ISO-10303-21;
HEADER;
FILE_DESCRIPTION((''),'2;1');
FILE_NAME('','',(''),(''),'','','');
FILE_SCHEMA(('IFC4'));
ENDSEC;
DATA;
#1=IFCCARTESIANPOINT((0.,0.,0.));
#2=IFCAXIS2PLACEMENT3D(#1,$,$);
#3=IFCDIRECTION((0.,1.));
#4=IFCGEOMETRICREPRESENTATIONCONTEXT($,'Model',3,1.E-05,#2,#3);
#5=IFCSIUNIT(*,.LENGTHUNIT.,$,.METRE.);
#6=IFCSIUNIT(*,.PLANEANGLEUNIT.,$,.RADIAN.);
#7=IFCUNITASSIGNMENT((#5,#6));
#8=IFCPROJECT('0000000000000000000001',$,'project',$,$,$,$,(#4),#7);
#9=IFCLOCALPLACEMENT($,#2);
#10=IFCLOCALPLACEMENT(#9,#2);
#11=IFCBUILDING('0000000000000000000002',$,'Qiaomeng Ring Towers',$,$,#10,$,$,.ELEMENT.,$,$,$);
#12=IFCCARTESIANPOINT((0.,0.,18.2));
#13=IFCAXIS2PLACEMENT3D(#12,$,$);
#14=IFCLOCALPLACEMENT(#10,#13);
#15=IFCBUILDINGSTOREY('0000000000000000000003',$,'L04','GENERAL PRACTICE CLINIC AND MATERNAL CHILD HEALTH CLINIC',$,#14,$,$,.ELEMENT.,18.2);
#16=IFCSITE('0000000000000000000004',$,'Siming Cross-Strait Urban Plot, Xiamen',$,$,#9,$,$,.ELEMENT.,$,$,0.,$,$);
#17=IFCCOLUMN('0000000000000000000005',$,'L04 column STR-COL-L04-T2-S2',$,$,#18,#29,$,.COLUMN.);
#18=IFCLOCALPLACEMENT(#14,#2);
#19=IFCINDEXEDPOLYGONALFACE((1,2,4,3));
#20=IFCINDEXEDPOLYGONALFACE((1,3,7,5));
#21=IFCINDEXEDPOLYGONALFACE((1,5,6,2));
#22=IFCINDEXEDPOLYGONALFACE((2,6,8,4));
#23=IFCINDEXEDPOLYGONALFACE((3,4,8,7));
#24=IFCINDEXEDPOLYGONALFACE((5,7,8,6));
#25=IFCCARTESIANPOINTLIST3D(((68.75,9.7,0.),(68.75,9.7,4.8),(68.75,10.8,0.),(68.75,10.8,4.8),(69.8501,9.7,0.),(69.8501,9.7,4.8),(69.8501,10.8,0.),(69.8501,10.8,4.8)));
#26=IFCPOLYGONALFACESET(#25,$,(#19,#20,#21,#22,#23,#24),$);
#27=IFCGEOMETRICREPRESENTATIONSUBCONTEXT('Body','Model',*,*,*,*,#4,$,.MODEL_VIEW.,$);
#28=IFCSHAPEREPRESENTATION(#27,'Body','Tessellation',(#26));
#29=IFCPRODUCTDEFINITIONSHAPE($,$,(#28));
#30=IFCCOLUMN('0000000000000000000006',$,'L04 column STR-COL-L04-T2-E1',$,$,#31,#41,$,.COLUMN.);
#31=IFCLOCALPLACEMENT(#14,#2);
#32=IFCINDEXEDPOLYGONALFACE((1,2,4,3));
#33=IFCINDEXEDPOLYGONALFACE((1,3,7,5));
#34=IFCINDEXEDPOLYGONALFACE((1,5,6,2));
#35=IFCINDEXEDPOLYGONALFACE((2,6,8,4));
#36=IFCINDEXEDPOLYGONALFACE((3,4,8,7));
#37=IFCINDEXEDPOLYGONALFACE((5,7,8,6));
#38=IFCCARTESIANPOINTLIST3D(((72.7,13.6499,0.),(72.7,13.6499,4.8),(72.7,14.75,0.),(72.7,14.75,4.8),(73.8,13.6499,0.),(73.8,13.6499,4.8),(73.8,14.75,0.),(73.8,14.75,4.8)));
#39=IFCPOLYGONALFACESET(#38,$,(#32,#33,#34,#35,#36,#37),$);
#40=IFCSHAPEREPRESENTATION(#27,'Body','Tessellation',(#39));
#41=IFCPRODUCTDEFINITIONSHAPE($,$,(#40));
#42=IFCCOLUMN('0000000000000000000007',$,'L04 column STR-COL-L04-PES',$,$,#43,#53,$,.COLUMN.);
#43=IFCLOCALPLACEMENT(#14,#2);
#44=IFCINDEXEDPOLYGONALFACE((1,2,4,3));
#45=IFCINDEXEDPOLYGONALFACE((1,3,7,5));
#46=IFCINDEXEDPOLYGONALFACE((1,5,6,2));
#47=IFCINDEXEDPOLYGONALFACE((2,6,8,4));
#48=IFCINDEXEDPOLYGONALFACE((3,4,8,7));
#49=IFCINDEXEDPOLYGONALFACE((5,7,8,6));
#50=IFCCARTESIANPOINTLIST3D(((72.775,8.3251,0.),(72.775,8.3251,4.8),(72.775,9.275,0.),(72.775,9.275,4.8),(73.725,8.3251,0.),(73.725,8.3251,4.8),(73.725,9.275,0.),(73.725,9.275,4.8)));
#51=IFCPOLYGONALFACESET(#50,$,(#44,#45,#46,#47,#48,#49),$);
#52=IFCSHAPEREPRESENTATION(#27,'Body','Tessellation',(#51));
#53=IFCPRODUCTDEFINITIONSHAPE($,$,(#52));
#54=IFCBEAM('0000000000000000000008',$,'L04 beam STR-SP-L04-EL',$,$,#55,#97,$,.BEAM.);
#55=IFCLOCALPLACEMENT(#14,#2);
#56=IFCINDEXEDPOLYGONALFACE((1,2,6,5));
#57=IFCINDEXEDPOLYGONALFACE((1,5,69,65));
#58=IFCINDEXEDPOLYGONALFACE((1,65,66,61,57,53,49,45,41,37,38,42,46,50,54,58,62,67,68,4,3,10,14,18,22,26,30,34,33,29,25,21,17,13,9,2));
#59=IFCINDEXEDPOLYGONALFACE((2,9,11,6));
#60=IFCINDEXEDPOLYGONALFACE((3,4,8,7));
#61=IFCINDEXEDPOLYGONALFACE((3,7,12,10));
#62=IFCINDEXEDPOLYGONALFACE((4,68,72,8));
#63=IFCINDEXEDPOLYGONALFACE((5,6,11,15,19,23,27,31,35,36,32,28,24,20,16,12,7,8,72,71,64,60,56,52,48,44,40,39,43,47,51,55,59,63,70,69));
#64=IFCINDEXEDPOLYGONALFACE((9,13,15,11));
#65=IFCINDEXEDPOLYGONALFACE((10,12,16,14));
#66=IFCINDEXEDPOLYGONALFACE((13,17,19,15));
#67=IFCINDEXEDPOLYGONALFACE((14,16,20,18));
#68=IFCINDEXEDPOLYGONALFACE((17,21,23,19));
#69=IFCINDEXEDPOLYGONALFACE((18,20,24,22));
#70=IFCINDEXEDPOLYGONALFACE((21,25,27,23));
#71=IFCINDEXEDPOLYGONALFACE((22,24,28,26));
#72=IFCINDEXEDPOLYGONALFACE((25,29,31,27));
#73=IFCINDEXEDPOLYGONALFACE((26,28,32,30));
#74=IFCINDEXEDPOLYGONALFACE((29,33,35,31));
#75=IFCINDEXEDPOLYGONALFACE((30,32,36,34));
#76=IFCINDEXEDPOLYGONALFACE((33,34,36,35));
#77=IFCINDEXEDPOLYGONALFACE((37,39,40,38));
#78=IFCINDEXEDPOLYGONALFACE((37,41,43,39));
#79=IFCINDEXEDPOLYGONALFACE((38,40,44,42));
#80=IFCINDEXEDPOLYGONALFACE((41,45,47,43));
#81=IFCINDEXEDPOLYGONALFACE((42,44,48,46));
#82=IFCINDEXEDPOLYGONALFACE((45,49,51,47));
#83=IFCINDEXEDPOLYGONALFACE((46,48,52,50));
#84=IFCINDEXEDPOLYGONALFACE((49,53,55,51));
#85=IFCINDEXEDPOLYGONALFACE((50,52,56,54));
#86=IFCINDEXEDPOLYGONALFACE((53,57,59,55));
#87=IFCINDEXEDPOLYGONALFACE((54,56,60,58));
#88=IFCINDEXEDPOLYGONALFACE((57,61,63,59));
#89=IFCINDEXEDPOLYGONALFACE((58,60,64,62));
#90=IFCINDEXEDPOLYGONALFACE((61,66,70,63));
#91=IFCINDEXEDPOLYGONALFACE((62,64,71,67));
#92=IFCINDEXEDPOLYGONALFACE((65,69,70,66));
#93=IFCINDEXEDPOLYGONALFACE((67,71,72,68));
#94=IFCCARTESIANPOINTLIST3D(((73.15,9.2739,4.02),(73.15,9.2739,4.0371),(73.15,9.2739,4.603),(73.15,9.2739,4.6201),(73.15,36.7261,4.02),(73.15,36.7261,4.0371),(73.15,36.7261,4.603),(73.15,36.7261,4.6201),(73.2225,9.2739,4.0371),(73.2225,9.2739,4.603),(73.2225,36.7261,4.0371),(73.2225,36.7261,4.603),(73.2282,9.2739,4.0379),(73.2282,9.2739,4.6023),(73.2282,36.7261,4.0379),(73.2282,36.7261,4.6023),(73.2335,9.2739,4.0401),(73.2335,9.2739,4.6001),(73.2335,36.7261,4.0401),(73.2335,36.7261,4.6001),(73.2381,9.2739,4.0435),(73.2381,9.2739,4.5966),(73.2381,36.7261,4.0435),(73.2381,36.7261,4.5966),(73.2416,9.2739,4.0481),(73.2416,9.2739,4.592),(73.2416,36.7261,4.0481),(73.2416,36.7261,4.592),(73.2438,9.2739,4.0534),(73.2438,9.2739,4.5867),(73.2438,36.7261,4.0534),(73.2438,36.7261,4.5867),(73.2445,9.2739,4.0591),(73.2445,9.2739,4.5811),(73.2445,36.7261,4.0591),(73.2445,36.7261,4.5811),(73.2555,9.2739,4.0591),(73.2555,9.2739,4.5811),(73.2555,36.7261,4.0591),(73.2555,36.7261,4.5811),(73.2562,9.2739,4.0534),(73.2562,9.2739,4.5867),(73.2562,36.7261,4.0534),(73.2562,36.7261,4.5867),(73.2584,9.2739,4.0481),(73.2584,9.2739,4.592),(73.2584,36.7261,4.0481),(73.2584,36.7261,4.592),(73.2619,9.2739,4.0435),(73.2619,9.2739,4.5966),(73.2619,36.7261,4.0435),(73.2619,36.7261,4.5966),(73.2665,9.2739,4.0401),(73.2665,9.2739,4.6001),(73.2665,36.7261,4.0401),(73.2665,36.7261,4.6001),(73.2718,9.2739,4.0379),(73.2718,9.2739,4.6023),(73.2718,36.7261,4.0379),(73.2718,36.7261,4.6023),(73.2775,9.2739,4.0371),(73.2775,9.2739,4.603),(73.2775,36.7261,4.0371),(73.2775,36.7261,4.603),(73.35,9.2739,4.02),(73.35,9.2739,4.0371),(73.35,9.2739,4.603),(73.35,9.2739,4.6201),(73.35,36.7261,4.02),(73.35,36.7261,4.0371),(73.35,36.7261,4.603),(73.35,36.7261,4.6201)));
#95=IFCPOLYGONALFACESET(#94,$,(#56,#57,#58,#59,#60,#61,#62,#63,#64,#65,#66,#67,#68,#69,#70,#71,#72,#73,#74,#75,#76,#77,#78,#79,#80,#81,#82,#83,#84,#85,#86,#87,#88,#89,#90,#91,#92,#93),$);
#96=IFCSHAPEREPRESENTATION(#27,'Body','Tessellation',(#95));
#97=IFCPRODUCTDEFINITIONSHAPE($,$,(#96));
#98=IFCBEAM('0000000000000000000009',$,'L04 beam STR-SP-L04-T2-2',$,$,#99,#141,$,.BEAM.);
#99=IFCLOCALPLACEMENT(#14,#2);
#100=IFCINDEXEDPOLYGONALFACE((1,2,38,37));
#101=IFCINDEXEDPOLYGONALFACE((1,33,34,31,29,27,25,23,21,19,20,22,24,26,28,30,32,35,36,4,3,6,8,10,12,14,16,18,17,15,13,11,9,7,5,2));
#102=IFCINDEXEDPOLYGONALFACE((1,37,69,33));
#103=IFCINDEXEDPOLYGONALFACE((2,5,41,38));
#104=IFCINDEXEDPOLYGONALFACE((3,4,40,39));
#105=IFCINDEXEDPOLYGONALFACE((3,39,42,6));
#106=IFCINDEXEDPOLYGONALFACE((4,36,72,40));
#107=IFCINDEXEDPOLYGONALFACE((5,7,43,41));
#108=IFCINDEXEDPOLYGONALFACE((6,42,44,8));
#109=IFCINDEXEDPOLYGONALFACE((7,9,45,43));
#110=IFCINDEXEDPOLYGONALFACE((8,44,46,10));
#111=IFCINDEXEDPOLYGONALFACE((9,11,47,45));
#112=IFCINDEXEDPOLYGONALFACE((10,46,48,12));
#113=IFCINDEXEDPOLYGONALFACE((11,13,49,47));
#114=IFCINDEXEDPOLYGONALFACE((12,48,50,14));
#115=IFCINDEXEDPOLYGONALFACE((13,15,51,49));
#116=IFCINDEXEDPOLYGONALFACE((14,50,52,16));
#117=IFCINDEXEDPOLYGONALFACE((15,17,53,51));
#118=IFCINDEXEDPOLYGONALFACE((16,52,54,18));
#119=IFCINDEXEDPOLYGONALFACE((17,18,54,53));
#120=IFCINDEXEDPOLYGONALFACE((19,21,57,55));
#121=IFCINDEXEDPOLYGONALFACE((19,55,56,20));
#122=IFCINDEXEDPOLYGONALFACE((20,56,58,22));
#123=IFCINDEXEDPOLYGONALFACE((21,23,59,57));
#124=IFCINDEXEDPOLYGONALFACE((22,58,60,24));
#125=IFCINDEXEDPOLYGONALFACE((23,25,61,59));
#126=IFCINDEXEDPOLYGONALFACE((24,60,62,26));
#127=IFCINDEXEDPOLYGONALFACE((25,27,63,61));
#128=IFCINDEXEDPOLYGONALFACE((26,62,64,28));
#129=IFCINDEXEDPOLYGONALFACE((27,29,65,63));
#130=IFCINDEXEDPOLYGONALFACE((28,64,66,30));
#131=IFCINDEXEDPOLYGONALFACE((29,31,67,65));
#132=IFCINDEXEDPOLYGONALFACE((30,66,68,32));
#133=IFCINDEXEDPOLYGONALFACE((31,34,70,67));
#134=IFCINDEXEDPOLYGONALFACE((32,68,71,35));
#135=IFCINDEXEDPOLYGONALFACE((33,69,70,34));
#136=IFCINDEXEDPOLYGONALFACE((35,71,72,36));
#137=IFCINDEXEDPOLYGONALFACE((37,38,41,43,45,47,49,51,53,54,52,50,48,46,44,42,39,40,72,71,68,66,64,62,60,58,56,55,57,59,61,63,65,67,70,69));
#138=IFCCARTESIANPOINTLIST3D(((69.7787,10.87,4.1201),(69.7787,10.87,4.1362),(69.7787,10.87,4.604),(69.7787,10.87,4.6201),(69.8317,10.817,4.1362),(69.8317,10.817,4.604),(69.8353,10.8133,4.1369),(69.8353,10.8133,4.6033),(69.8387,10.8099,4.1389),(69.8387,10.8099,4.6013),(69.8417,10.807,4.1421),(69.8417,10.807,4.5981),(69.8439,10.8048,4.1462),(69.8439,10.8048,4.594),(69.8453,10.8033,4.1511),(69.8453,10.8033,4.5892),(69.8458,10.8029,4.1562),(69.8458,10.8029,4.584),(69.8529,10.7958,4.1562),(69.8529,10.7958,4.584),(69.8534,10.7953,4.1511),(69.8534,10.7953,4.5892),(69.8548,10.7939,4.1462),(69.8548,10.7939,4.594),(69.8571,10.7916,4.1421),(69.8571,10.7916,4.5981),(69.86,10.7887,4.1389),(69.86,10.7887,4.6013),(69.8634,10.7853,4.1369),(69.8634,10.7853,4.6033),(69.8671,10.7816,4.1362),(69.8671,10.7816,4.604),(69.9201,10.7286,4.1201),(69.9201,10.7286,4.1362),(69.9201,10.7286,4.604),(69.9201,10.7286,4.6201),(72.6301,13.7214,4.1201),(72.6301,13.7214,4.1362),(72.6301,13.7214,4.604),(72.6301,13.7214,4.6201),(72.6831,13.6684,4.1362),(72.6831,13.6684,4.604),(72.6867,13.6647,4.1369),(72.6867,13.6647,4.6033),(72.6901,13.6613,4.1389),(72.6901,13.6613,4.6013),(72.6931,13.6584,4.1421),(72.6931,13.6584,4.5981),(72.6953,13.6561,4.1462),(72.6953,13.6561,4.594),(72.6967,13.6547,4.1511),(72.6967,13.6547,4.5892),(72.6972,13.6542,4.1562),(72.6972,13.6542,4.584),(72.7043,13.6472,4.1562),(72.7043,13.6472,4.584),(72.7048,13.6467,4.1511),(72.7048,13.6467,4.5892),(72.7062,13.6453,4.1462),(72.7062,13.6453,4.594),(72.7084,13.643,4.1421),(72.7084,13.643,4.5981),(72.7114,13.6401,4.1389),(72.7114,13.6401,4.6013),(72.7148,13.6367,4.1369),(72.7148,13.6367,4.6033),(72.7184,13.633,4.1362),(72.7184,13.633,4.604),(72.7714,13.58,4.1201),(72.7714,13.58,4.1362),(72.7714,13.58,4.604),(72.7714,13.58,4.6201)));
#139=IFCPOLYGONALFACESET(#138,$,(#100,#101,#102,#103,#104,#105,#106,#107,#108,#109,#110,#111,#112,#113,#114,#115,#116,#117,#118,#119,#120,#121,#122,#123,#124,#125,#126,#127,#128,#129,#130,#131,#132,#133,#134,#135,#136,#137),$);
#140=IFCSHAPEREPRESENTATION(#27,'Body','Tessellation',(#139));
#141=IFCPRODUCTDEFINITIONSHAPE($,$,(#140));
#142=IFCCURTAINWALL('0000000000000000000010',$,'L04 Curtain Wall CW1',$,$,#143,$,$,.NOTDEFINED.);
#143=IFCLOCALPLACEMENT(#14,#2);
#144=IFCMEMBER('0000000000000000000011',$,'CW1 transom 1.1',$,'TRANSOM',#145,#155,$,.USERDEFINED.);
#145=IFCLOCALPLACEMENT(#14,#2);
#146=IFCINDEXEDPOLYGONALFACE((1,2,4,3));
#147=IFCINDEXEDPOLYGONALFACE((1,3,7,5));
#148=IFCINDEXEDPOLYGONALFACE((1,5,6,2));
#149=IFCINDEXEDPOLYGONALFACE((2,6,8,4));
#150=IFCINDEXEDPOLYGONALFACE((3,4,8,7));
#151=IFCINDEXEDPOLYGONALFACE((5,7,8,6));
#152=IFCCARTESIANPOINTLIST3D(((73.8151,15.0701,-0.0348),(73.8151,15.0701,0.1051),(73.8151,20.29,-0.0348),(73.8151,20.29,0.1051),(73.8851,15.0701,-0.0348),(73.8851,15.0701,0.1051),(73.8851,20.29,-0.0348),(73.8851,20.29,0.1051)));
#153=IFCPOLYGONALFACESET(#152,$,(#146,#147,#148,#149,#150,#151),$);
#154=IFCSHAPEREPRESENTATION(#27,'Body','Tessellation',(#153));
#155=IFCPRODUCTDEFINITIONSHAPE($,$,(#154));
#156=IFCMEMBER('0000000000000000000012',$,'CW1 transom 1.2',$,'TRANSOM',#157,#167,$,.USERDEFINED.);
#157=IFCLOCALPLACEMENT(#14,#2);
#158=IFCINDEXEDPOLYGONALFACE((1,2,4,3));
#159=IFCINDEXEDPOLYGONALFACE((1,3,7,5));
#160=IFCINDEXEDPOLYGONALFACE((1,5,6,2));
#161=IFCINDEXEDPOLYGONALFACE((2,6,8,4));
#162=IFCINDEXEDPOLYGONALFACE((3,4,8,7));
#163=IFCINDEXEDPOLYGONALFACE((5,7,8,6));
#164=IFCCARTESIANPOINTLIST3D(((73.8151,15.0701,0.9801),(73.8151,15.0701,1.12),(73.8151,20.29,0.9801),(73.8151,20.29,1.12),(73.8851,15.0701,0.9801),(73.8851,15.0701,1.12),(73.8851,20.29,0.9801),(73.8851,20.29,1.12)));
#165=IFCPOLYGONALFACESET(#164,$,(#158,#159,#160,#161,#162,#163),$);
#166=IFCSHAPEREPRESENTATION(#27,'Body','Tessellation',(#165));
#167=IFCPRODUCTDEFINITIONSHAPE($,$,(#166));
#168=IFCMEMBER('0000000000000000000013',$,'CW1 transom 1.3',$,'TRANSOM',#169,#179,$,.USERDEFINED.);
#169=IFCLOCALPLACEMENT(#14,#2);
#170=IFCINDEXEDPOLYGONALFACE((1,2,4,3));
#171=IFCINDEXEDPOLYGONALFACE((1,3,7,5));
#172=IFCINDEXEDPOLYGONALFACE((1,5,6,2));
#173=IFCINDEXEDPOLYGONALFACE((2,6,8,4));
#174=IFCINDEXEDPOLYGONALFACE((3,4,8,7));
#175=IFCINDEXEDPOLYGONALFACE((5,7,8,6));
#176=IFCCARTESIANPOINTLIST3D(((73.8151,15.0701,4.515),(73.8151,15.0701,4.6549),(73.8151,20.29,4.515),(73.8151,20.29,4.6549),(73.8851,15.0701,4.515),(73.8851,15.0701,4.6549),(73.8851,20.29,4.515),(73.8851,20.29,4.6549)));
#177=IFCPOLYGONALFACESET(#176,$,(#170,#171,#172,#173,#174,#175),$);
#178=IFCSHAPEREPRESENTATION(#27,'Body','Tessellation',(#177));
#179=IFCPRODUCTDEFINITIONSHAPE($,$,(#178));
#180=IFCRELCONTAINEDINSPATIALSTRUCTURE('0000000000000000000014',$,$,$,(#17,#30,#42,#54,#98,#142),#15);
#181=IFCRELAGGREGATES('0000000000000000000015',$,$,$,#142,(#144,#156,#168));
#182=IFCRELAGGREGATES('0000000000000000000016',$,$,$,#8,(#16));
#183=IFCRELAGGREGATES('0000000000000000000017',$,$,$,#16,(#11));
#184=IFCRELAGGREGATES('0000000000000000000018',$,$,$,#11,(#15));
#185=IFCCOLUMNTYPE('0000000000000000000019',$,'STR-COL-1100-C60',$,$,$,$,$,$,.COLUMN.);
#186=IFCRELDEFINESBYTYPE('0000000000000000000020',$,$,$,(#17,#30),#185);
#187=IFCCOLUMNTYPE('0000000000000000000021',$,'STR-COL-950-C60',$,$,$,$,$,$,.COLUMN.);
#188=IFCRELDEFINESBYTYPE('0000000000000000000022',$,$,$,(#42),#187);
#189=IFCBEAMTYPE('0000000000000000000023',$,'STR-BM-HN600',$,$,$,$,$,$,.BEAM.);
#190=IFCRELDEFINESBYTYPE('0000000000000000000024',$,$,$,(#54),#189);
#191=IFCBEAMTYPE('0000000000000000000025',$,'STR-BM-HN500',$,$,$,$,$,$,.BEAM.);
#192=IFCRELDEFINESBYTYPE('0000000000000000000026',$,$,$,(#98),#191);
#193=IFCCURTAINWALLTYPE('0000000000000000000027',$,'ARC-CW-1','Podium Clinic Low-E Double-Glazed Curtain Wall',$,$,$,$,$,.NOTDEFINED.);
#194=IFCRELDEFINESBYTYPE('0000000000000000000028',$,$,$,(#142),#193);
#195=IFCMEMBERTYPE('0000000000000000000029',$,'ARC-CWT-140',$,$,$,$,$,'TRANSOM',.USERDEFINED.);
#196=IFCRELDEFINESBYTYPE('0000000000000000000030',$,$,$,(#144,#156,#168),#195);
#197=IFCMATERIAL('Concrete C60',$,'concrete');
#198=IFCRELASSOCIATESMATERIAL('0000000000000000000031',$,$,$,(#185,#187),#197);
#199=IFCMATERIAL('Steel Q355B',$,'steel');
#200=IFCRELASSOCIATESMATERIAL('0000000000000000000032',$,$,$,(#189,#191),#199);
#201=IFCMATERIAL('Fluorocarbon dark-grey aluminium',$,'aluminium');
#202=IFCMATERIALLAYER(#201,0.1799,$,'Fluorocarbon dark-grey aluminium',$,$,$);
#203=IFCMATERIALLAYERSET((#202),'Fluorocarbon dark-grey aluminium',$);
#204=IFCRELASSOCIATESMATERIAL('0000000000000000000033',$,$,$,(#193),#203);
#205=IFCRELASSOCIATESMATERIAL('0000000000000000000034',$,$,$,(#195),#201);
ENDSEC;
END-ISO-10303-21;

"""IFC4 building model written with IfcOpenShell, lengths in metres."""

from ifc_helpers import new_model, si_unit, direction, frame, origin, origin_2d, place, context, subcontext, project, spatial, rectangle, i_section, extrude, source, transform, mapped, material, layer, layer_set, material_profile, profile_set, type_object, element, aggregate, save


model = new_model("IFC4")

# Units and contexts
model_context = context("Model", 3, precision=1e-05, world=origin(), true_north=direction((0.0, 1.0)))
body_context = subcontext(model_context, "Body", "Model", "MODEL_VIEW")
ifc_project = project(units=[si_unit("LENGTHUNIT", "METRE"), si_unit("PLANEANGLEUNIT", "RADIAN")], contexts=[model_context])

# Site, building, storey
site_placement = place(None, origin())
site = spatial("IfcSite", under=ifc_project, at=site_placement, Name="Siming Cross-Strait Urban Plot, Xiamen", CompositionType="ELEMENT", RefElevation=0.0)
building_placement = place(site_placement, origin())
building = spatial("IfcBuilding", under=site, at=building_placement, Name="Qiaomeng Ring Towers", CompositionType="ELEMENT")
storey_placement = place(building_placement, frame((0.0, 0.0, 18.2)))
storey = spatial("IfcBuildingStorey", under=building, at=storey_placement, Name="L04", Description="GENERAL PRACTICE CLINIC AND MATERNAL CHILD HEALTH CLINIC", CompositionType="ELEMENT", Elevation=18.2)

# Columns
ifc_material_1 = material(Name="Concrete C60", Category="concrete")
ifc_material_profile_1 = material_profile(ifc_material_1, rectangle(XDim=1.1001, YDim=1.1001, at=origin_2d()), Name="RC COL 1100x1100")
ifc_profile_set_1 = profile_set([ifc_material_profile_1], Name="Concrete C60")
column_type_1 = type_object("IfcColumnType", Name="STR-COL-1100-C60", PredefinedType="COLUMN", material=ifc_profile_set_1)
shared_shape_1 = source(origin(), body_context, "Body", "SweptSolid", [
    extrude(rectangle(XDim=1.1001, YDim=1.1001, at=origin_2d()), origin(), (0.0, 0.0, 1.0), 4.8),
])
for number, where, z_axis, x_axis, name in (
    (1, (69.3, 10.25, 0.0), (0.0, 0.0, 1.0), (1.0, 0.0, 0.0), "L04 column STR-COL-L04-T2-S2"),
    (2, (73.25, 14.2, 0.0), (0.0, 0.0, 1.0), (1.0, 0.0, 0.0), "L04 column STR-COL-L04-T2-E1"),
):
    element("IfcColumn", number, at=place(storey_placement, frame(where, z_axis=z_axis, x_axis=x_axis)), inside=storey, type_object=column_type_1, Name=name, PredefinedType="COLUMN", context=body_context, shape_type="MappedRepresentation", body=[
        mapped(shared_shape_1, transform((0.0, 0.0, 0.0), x_axis=(1.0, 0.0, 0.0), y_axis=(0.0, 1.0, 0.0), z_axis=(0.0, 0.0, 1.0), scale=1.0)),
    ])
ifc_material_profile_2 = material_profile(ifc_material_1, rectangle(XDim=0.95, YDim=0.95, at=origin_2d()), Name="RC COL 950x950")
ifc_profile_set_2 = profile_set([ifc_material_profile_2], Name="Concrete C60")
column_type_2 = type_object("IfcColumnType", Name="STR-COL-950-C60", PredefinedType="COLUMN", material=ifc_profile_set_2)
shared_shape_2 = source(origin(), body_context, "Body", "SweptSolid", [
    extrude(rectangle(XDim=0.95, YDim=0.95, at=origin_2d()), origin(), (0.0, 0.0, 1.0), 4.8),
])
column_placement = place(storey_placement, frame((73.25, 8.8, 0.0), z_axis=(0.0, 0.0, 1.0), x_axis=(1.0, 0.0, 0.0)))
element("IfcColumn", 3, at=column_placement, inside=storey, type_object=column_type_2, Name="L04 column STR-COL-L04-PES", PredefinedType="COLUMN", context=body_context, shape_type="MappedRepresentation", body=[
    mapped(shared_shape_2, transform((0.0, 0.0, 0.0), x_axis=(1.0, 0.0, 0.0), y_axis=(0.0, 1.0, 0.0), z_axis=(0.0, 0.0, 1.0), scale=1.0)),
])

# Beams
ifc_material_2 = material(Name="Steel Q355B", Category="steel")
ifc_material_profile_3 = material_profile(ifc_material_2, i_section(OverallWidth=0.2, OverallDepth=0.6001, WebThickness=0.011, FlangeThickness=0.0171, FilletRadius=0.022, at=origin_2d()), Name="HN 600x200x11x17")
ifc_profile_set_3 = profile_set([ifc_material_profile_3], Name="Steel Q355B")
beam_type_1 = type_object("IfcBeamType", Name="STR-BM-HN600", PredefinedType="BEAM", material=ifc_profile_set_3)
shared_shape_3 = source(origin(), body_context, "Body", "SweptSolid", [
    extrude(i_section(OverallWidth=0.2, OverallDepth=0.6001, WebThickness=0.011, FlangeThickness=0.0171, FilletRadius=0.022, at=origin_2d()), origin(), (0.0, 0.0, 1.0), 27.4521),
])
beam_1_placement = place(storey_placement, frame((73.25, 9.2739, 4.3201), z_axis=(0.0, 1.0, 0.0), x_axis=(-1.0, 0.0, 0.0)))
element("IfcBeam", 4, at=beam_1_placement, inside=storey, type_object=beam_type_1, Name="L04 beam STR-SP-L04-EL", PredefinedType="BEAM", context=body_context, shape_type="MappedRepresentation", body=[
    mapped(shared_shape_3, transform((0.0, 0.0, 0.0), x_axis=(1.0, 0.0, 0.0), y_axis=(0.0, 1.0, 0.0), z_axis=(0.0, 0.0, 1.0), scale=1.0)),
])
ifc_material_profile_4 = material_profile(ifc_material_2, i_section(OverallWidth=0.2, OverallDepth=0.5, WebThickness=0.01, FlangeThickness=0.0161, FilletRadius=0.02, at=origin_2d()), Name="HN 500x200x10x16")
ifc_profile_set_4 = profile_set([ifc_material_profile_4], Name="Steel Q355B")
beam_type_2 = type_object("IfcBeamType", Name="STR-BM-HN500", PredefinedType="BEAM", material=ifc_profile_set_4)
shared_shape_4 = source(origin(), body_context, "Body", "SweptSolid", [
    extrude(i_section(OverallWidth=0.2, OverallDepth=0.5, WebThickness=0.01, FlangeThickness=0.0161, FilletRadius=0.02, at=origin_2d()), origin(), (0.0, 0.0, 1.0), 4.0325),
])
beam_2_placement = place(storey_placement, frame((69.8494, 10.7993, 4.3701), z_axis=(0.707107, 0.707107, 0.0), x_axis=(-0.707107, 0.707107, 0.0)))
element("IfcBeam", 5, at=beam_2_placement, inside=storey, type_object=beam_type_2, Name="L04 beam STR-SP-L04-T2-2", PredefinedType="BEAM", context=body_context, shape_type="MappedRepresentation", body=[
    mapped(shared_shape_4, transform((0.0, 0.0, 0.0), x_axis=(1.0, 0.0, 0.0), y_axis=(0.0, 1.0, 0.0), z_axis=(0.0, 0.0, 1.0), scale=1.0)),
])

# Curtain wall, members
ifc_material_3 = material(Name="Fluorocarbon dark-grey aluminium", Category="aluminium")
ifc_layer_1 = layer(ifc_material_3, 0.1799, Name="Fluorocarbon dark-grey aluminium")
ifc_layer_set_1 = layer_set([ifc_layer_1], Name="Fluorocarbon dark-grey aluminium")
curtain_wall_type = type_object("IfcCurtainWallType", Name="ARC-CW-1", Description="Podium Clinic Low-E Double-Glazed Curtain Wall", PredefinedType="NOTDEFINED", material=ifc_layer_set_1)
curtain_wall_1_placement = place(storey_placement, origin())
curtain_wall_1 = element("IfcCurtainWall", 6, at=curtain_wall_1_placement, inside=storey, type_object=curtain_wall_type, Name="L04 Curtain Wall CW1", PredefinedType="NOTDEFINED")
ifc_material_profile_5 = material_profile(ifc_material_3, rectangle(XDim=0.0701, YDim=0.1399, at=origin_2d()), Name="ALU TRAN 70x140")
ifc_profile_set_5 = profile_set([ifc_material_profile_5], Name="Fluorocarbon dark-grey aluminium")
member_type_1 = type_object("IfcMemberType", Name="ARC-CWT-140", ElementType="TRANSOM", PredefinedType="USERDEFINED", material=ifc_profile_set_5)
shared_shape_5 = source(origin(), body_context, "Body", "SweptSolid", [
    extrude(rectangle(XDim=0.0701, YDim=0.1399, at=origin_2d()), origin(), (0.0, 0.0, 1.0), 5.22),
])
member_1_placement = place(storey_placement, frame((73.8501, 15.0701, 0.0352), z_axis=(0.0, 1.0, 0.0), x_axis=(-1.0, 0.0, 0.0)))
member_1 = element("IfcMember", 7, at=member_1_placement, type_object=member_type_1, Name="CW1 transom 1.1", ObjectType="TRANSOM", PredefinedType="USERDEFINED", context=body_context, shape_type="MappedRepresentation", body=[
    mapped(shared_shape_5, transform((0.0, 0.0, 0.0), x_axis=(1.0, 0.0, 0.0), y_axis=(0.0, 1.0, 0.0), z_axis=(0.0, 0.0, 1.0), scale=1.0)),
])
member_2_placement = place(storey_placement, frame((73.8501, 15.0701, 1.05), z_axis=(0.0, 1.0, 0.0), x_axis=(-1.0, 0.0, 0.0)))
member_2 = element("IfcMember", 8, at=member_2_placement, type_object=member_type_1, Name="CW1 transom 1.2", ObjectType="TRANSOM", PredefinedType="USERDEFINED", context=body_context, shape_type="MappedRepresentation", body=[
    mapped(shared_shape_5, transform((0.0, 0.0, 0.0), x_axis=(1.0, 0.0, 0.0), y_axis=(0.0, 1.0, 0.0), z_axis=(0.0, 0.0, 1.0), scale=1.0)),
])
member_3_placement = place(storey_placement, frame((73.8501, 15.0701, 4.585), z_axis=(0.0, 1.0, 0.0), x_axis=(-1.0, 0.0, 0.0)))
member_3 = element("IfcMember", 9, at=member_3_placement, type_object=member_type_1, Name="CW1 transom 1.3", ObjectType="TRANSOM", PredefinedType="USERDEFINED", context=body_context, shape_type="MappedRepresentation", body=[
    mapped(shared_shape_5, transform((0.0, 0.0, 0.0), x_axis=(1.0, 0.0, 0.0), y_axis=(0.0, 1.0, 0.0), z_axis=(0.0, 0.0, 1.0), scale=1.0)),
])

aggregate(curtain_wall_1, [member_1, member_2, member_3])

save(model, "model.ifc")
